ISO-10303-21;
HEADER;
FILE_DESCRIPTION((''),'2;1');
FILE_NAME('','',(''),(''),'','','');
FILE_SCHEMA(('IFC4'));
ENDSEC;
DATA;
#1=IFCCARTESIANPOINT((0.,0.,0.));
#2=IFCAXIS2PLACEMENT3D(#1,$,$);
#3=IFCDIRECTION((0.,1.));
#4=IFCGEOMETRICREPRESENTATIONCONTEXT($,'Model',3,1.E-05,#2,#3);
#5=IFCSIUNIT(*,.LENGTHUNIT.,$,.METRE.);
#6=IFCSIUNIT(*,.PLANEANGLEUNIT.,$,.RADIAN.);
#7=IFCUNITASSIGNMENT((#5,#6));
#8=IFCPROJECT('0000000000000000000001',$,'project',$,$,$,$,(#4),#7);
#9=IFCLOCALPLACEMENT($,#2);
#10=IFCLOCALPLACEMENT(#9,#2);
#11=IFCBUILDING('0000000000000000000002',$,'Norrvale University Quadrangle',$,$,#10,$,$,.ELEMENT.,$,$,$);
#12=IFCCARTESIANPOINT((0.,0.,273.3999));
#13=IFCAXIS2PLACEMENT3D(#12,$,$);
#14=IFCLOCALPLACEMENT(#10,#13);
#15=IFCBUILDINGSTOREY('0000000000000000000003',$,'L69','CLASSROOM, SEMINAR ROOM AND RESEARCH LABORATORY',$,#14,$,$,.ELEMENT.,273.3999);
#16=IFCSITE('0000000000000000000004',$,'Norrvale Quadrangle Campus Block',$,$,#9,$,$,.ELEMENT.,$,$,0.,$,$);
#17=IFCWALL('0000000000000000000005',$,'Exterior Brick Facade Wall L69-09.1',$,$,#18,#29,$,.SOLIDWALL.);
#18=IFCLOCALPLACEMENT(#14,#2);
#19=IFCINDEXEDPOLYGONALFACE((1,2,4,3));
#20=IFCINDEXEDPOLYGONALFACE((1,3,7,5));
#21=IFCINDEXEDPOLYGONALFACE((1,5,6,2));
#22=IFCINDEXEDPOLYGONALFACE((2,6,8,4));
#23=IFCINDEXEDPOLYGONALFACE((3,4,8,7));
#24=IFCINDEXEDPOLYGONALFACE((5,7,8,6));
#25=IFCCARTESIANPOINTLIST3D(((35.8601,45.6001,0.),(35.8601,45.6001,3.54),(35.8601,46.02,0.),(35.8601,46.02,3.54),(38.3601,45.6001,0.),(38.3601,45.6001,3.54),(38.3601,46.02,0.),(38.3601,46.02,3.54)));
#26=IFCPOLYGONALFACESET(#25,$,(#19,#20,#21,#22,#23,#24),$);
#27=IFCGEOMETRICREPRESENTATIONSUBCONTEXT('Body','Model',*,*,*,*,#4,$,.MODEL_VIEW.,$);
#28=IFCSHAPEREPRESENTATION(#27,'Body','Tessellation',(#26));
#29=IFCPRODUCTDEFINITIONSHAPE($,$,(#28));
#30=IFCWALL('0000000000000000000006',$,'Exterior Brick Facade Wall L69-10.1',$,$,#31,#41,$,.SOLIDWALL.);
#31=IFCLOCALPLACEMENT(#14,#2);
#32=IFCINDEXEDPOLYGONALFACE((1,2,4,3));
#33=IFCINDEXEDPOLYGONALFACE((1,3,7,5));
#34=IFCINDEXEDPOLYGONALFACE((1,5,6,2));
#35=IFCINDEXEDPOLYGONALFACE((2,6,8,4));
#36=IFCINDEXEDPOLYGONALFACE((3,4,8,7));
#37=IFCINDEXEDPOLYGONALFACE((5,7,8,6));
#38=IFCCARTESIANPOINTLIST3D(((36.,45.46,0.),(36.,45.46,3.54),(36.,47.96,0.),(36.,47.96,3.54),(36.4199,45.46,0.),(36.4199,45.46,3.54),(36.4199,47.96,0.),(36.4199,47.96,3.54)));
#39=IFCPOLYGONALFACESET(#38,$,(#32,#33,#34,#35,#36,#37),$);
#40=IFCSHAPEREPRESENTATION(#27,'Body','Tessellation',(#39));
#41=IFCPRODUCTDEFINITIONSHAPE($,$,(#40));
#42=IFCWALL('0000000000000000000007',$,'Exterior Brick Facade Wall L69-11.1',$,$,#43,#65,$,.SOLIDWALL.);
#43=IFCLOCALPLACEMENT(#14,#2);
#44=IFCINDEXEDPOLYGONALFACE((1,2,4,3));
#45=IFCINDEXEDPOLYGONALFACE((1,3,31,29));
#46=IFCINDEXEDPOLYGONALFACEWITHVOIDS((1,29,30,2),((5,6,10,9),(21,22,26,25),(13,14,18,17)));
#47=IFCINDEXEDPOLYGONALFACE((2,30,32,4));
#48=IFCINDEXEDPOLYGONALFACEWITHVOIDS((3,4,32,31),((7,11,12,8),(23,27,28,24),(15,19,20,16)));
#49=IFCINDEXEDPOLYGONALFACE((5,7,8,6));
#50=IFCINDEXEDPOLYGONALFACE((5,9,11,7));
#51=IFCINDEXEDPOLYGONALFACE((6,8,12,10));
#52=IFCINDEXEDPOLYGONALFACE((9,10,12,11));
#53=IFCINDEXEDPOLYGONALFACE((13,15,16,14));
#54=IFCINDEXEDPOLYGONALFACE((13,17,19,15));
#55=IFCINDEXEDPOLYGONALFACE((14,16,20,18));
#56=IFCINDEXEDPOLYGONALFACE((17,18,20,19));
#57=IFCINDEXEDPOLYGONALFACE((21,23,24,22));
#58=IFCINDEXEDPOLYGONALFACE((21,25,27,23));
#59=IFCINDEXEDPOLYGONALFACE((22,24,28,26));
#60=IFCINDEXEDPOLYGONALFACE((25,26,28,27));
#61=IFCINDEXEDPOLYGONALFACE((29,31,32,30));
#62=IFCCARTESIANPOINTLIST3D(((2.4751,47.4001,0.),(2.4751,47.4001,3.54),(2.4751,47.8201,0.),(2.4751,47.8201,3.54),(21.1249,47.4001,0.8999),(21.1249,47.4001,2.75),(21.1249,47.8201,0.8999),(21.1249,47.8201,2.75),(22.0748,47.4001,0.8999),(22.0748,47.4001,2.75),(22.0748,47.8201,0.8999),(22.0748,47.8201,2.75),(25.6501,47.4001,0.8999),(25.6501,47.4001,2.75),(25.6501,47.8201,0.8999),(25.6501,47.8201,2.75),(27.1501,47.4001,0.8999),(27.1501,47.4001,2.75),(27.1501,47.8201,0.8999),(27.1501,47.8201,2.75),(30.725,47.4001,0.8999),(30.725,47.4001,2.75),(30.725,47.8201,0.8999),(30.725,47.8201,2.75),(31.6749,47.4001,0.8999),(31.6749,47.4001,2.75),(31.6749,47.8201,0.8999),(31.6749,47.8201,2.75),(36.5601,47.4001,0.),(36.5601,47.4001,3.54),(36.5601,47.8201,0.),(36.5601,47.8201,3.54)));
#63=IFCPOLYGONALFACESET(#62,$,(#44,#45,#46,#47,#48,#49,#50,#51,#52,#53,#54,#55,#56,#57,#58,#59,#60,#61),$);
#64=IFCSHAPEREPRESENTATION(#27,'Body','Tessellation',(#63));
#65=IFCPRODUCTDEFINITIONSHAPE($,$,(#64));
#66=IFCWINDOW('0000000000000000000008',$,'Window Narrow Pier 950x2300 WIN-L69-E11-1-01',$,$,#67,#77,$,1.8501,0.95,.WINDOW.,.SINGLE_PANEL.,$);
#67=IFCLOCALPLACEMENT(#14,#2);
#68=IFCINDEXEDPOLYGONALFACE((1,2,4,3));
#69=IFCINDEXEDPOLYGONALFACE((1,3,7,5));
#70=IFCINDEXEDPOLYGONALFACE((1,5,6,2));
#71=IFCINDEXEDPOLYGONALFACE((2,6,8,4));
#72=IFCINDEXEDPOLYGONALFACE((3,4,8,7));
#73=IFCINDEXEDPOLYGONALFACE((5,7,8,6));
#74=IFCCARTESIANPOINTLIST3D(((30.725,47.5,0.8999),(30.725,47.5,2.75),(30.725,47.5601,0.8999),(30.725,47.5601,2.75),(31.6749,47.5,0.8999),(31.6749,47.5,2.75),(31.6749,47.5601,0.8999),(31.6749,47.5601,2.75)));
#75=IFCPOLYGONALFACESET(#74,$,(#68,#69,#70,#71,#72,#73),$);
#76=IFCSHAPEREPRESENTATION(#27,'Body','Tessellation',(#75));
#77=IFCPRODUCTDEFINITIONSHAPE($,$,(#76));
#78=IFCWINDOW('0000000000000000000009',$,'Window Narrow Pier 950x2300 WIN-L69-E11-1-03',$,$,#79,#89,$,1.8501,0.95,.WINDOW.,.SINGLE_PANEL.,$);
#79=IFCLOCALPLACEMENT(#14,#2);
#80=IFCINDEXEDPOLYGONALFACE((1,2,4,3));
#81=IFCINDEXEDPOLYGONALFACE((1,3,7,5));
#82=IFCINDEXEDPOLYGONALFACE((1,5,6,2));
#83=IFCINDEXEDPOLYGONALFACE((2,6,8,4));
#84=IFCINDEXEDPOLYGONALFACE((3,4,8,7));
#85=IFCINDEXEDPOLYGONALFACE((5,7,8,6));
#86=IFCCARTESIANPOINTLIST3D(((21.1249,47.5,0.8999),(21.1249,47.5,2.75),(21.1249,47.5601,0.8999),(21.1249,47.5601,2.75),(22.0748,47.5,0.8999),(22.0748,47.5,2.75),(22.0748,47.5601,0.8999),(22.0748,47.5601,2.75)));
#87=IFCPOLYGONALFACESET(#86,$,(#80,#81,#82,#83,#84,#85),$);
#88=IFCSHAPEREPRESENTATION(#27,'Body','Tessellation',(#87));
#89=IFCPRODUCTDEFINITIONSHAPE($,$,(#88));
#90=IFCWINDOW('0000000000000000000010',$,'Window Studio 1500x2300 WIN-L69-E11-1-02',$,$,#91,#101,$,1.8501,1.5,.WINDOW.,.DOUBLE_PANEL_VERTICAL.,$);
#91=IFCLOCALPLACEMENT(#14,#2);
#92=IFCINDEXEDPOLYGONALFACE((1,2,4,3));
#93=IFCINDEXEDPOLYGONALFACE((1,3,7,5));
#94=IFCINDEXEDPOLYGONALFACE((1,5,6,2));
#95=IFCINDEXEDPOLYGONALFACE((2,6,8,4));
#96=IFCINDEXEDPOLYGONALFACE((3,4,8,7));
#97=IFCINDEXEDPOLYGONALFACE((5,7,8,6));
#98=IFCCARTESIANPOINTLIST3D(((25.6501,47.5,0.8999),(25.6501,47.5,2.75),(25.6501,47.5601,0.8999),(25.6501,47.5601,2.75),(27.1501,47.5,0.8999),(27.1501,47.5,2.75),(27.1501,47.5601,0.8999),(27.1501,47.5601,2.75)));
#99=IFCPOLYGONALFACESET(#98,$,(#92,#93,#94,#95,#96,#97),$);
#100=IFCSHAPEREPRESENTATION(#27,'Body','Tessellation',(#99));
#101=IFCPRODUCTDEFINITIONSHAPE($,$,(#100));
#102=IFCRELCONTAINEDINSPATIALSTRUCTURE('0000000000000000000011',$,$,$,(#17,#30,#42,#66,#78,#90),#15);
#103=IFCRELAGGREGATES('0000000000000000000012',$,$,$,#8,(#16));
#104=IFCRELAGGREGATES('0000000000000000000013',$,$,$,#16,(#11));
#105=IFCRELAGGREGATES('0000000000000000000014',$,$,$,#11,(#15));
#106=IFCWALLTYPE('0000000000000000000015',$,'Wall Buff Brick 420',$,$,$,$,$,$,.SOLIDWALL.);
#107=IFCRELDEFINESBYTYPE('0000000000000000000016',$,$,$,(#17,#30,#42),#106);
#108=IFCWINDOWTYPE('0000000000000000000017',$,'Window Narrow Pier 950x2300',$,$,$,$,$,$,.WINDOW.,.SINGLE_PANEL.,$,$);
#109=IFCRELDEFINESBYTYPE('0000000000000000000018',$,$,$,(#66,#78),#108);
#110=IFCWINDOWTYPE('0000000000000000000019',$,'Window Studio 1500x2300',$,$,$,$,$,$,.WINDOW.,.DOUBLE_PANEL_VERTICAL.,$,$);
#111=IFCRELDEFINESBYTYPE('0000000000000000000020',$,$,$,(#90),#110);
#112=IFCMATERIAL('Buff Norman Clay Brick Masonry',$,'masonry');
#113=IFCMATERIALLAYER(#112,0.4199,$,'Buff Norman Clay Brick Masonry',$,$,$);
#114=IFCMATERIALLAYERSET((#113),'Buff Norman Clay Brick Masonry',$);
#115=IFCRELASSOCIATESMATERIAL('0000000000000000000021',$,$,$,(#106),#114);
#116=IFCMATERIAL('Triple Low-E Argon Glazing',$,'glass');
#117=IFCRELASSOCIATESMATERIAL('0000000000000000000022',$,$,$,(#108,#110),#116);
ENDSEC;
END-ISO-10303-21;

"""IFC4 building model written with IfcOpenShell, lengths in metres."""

from ifc_helpers import new_model, si_unit, direction, frame, frame_2d, origin, place, context, subcontext, project, spatial, rectangle, extrude, material, layer, layer_set, type_object, element, fill, save


model = new_model("IFC4")

# Units and contexts
model_context = context("Model", 3, precision=1e-05, world=origin(), true_north=direction((0.0, 1.0)))
body_context = subcontext(model_context, "Body", "Model", "MODEL_VIEW")
ifc_project = project(units=[si_unit("LENGTHUNIT", "METRE"), si_unit("PLANEANGLEUNIT", "RADIAN")], contexts=[model_context])

# Site, building, storey
site_placement = place(None, origin())
site = spatial("IfcSite", under=ifc_project, at=site_placement, Name="Norrvale Quadrangle Campus Block", CompositionType="ELEMENT", RefElevation=0.0)
building_placement = place(site_placement, origin())
building = spatial("IfcBuilding", under=site, at=building_placement, Name="Norrvale University Quadrangle", CompositionType="ELEMENT")
storey_placement = place(building_placement, frame((0.0, 0.0, 273.3999)))
storey = spatial("IfcBuildingStorey", under=building, at=storey_placement, Name="L69", Description="CLASSROOM, SEMINAR ROOM AND RESEARCH LABORATORY", CompositionType="ELEMENT", Elevation=273.3999)

# Shared definitions
ifc_material_1 = material(Name="Buff Norman Clay Brick Masonry", Category="masonry")
ifc_layer = layer(ifc_material_1, 0.4199, Name="Buff Norman Clay Brick Masonry")
ifc_layer_set = layer_set([ifc_layer], Name="Buff Norman Clay Brick Masonry")
wall_type = type_object("IfcWallType", Name="Wall Buff Brick 420", PredefinedType="SOLIDWALL", material=ifc_layer_set)

# Shared definitions
ifc_material_2 = material(Name="Triple Low-E Argon Glazing", Category="glass")

# Walls
for number, where, z_axis, x_axis, name in (
    (1, (38.3601, 45.8101, 0.0), (0.0, 0.0, 1.0), (-1.0, 0.0, 0.0), "Exterior Brick Facade Wall L69-09.1"),
    (2, (36.21, 45.46, 0.0), (0.0, 0.0, 1.0), (0.0, 1.0, 0.0), "Exterior Brick Facade Wall L69-10.1"),
):
    element("IfcWall", number, at=place(storey_placement, frame(where, z_axis=z_axis, x_axis=x_axis)), inside=storey, type_object=wall_type, Name=name, PredefinedType="SOLIDWALL", context=body_context, shape_type="SweptSolid", body=[
        extrude(rectangle(XDim=2.5, YDim=0.4199, at=frame_2d((1.25, 0.0))), origin(), (0.0, 0.0, 1.0), 3.54),
    ])

# Wall, openings, windows
wall_1_placement = place(storey_placement, frame((36.5601, 47.6101, 0.0), z_axis=(0.0, 0.0, 1.0), x_axis=(-1.0, 0.0, 0.0)))
wall_1 = element("IfcWall", 3, at=wall_1_placement, inside=storey, type_object=wall_type, Name="Exterior Brick Facade Wall L69-11.1", PredefinedType="SOLIDWALL", context=body_context, shape_type="SweptSolid", body=[
    extrude(rectangle(XDim=34.085, YDim=0.4199, at=frame_2d((17.0425, 0.0))), origin(), (0.0, 0.0, 1.0), 3.54),
])
opening_1_placement = place(wall_1_placement, frame((4.885, 0.0, 0.8999)))
opening_1 = element("IfcOpeningElement", 4, at=opening_1_placement, cuts=wall_1, PredefinedType="OPENING", context=body_context, shape_type="SweptSolid", body=[
    extrude(rectangle(XDim=0.95, YDim=1.8501, at=frame_2d((0.4751, 0.925))), frame((0.0, 0.2219, 0.0), z_axis=(0.0, -1.0, 0.0), x_axis=(1.0, 0.0, 0.0)), (0.0, 0.0, 1.0), 0.4438),
])
opening_2_placement = place(wall_1_placement, frame((9.4099, 0.0, 0.8999)))
opening_2 = element("IfcOpeningElement", 5, at=opening_2_placement, cuts=wall_1, PredefinedType="OPENING", context=body_context, shape_type="SweptSolid", body=[
    extrude(rectangle(XDim=1.5, YDim=1.8501, at=frame_2d((0.75, 0.925))), frame((0.0, 0.2219, 0.0), z_axis=(0.0, -1.0, 0.0), x_axis=(1.0, 0.0, 0.0)), (0.0, 0.0, 1.0), 0.4438),
])
opening_3_placement = place(wall_1_placement, frame((14.4851, 0.0, 0.8999)))
opening_3 = element("IfcOpeningElement", 6, at=opening_3_placement, cuts=wall_1, PredefinedType="OPENING", context=body_context, shape_type="SweptSolid", body=[
    extrude(rectangle(XDim=0.95, YDim=1.8501, at=frame_2d((0.4751, 0.925))), frame((0.0, 0.2219, 0.0), z_axis=(0.0, -1.0, 0.0), x_axis=(1.0, 0.0, 0.0)), (0.0, 0.0, 1.0), 0.4438),
])
window_type_1 = type_object("IfcWindowType", Name="Window Narrow Pier 950x2300", PartitioningType="SINGLE_PANEL", PredefinedType="WINDOW", material=ifc_material_2)
window_1_placement = place(opening_1_placement, origin())
window_1 = element("IfcWindow", 7, at=window_1_placement, inside=storey, type_object=window_type_1, Name="Window Narrow Pier 950x2300 WIN-L69-E11-1-01", OverallHeight=1.8501, OverallWidth=0.95, PartitioningType="SINGLE_PANEL", PredefinedType="WINDOW", context=body_context, shape_type="SweptSolid", body=[
    extrude(rectangle(XDim=0.95, YDim=1.8501, at=frame_2d((0.4751, 0.925))), frame((0.0, 0.1101, 0.0), z_axis=(0.0, -1.0, 0.0), x_axis=(1.0, 0.0, 0.0)), (0.0, 0.0, 1.0), 0.0601),
])
fill(opening_1, window_1)
window_2_placement = place(opening_3_placement, origin())
window_2 = element("IfcWindow", 8, at=window_2_placement, inside=storey, type_object=window_type_1, Name="Window Narrow Pier 950x2300 WIN-L69-E11-1-03", OverallHeight=1.8501, OverallWidth=0.95, PartitioningType="SINGLE_PANEL", PredefinedType="WINDOW", context=body_context, shape_type="SweptSolid", body=[
    extrude(rectangle(XDim=0.95, YDim=1.8501, at=frame_2d((0.4751, 0.925))), frame((0.0, 0.1101, 0.0), z_axis=(0.0, -1.0, 0.0), x_axis=(1.0, 0.0, 0.0)), (0.0, 0.0, 1.0), 0.0601),
])
fill(opening_3, window_2)
window_type_2 = type_object("IfcWindowType", Name="Window Studio 1500x2300", PartitioningType="DOUBLE_PANEL_VERTICAL", PredefinedType="WINDOW", material=ifc_material_2)
window_3_placement = place(opening_2_placement, origin())
window_3 = element("IfcWindow", 9, at=window_3_placement, inside=storey, type_object=window_type_2, Name="Window Studio 1500x2300 WIN-L69-E11-1-02", OverallHeight=1.8501, OverallWidth=1.5, PartitioningType="DOUBLE_PANEL_VERTICAL", PredefinedType="WINDOW", context=body_context, shape_type="SweptSolid", body=[
    extrude(rectangle(XDim=1.5, YDim=1.8501, at=frame_2d((0.75, 0.925))), frame((0.0, 0.1101, 0.0), z_axis=(0.0, -1.0, 0.0), x_axis=(1.0, 0.0, 0.0)), (0.0, 0.0, 1.0), 0.0601),
])
fill(opening_2, window_3)

save(model, "model.ifc")
